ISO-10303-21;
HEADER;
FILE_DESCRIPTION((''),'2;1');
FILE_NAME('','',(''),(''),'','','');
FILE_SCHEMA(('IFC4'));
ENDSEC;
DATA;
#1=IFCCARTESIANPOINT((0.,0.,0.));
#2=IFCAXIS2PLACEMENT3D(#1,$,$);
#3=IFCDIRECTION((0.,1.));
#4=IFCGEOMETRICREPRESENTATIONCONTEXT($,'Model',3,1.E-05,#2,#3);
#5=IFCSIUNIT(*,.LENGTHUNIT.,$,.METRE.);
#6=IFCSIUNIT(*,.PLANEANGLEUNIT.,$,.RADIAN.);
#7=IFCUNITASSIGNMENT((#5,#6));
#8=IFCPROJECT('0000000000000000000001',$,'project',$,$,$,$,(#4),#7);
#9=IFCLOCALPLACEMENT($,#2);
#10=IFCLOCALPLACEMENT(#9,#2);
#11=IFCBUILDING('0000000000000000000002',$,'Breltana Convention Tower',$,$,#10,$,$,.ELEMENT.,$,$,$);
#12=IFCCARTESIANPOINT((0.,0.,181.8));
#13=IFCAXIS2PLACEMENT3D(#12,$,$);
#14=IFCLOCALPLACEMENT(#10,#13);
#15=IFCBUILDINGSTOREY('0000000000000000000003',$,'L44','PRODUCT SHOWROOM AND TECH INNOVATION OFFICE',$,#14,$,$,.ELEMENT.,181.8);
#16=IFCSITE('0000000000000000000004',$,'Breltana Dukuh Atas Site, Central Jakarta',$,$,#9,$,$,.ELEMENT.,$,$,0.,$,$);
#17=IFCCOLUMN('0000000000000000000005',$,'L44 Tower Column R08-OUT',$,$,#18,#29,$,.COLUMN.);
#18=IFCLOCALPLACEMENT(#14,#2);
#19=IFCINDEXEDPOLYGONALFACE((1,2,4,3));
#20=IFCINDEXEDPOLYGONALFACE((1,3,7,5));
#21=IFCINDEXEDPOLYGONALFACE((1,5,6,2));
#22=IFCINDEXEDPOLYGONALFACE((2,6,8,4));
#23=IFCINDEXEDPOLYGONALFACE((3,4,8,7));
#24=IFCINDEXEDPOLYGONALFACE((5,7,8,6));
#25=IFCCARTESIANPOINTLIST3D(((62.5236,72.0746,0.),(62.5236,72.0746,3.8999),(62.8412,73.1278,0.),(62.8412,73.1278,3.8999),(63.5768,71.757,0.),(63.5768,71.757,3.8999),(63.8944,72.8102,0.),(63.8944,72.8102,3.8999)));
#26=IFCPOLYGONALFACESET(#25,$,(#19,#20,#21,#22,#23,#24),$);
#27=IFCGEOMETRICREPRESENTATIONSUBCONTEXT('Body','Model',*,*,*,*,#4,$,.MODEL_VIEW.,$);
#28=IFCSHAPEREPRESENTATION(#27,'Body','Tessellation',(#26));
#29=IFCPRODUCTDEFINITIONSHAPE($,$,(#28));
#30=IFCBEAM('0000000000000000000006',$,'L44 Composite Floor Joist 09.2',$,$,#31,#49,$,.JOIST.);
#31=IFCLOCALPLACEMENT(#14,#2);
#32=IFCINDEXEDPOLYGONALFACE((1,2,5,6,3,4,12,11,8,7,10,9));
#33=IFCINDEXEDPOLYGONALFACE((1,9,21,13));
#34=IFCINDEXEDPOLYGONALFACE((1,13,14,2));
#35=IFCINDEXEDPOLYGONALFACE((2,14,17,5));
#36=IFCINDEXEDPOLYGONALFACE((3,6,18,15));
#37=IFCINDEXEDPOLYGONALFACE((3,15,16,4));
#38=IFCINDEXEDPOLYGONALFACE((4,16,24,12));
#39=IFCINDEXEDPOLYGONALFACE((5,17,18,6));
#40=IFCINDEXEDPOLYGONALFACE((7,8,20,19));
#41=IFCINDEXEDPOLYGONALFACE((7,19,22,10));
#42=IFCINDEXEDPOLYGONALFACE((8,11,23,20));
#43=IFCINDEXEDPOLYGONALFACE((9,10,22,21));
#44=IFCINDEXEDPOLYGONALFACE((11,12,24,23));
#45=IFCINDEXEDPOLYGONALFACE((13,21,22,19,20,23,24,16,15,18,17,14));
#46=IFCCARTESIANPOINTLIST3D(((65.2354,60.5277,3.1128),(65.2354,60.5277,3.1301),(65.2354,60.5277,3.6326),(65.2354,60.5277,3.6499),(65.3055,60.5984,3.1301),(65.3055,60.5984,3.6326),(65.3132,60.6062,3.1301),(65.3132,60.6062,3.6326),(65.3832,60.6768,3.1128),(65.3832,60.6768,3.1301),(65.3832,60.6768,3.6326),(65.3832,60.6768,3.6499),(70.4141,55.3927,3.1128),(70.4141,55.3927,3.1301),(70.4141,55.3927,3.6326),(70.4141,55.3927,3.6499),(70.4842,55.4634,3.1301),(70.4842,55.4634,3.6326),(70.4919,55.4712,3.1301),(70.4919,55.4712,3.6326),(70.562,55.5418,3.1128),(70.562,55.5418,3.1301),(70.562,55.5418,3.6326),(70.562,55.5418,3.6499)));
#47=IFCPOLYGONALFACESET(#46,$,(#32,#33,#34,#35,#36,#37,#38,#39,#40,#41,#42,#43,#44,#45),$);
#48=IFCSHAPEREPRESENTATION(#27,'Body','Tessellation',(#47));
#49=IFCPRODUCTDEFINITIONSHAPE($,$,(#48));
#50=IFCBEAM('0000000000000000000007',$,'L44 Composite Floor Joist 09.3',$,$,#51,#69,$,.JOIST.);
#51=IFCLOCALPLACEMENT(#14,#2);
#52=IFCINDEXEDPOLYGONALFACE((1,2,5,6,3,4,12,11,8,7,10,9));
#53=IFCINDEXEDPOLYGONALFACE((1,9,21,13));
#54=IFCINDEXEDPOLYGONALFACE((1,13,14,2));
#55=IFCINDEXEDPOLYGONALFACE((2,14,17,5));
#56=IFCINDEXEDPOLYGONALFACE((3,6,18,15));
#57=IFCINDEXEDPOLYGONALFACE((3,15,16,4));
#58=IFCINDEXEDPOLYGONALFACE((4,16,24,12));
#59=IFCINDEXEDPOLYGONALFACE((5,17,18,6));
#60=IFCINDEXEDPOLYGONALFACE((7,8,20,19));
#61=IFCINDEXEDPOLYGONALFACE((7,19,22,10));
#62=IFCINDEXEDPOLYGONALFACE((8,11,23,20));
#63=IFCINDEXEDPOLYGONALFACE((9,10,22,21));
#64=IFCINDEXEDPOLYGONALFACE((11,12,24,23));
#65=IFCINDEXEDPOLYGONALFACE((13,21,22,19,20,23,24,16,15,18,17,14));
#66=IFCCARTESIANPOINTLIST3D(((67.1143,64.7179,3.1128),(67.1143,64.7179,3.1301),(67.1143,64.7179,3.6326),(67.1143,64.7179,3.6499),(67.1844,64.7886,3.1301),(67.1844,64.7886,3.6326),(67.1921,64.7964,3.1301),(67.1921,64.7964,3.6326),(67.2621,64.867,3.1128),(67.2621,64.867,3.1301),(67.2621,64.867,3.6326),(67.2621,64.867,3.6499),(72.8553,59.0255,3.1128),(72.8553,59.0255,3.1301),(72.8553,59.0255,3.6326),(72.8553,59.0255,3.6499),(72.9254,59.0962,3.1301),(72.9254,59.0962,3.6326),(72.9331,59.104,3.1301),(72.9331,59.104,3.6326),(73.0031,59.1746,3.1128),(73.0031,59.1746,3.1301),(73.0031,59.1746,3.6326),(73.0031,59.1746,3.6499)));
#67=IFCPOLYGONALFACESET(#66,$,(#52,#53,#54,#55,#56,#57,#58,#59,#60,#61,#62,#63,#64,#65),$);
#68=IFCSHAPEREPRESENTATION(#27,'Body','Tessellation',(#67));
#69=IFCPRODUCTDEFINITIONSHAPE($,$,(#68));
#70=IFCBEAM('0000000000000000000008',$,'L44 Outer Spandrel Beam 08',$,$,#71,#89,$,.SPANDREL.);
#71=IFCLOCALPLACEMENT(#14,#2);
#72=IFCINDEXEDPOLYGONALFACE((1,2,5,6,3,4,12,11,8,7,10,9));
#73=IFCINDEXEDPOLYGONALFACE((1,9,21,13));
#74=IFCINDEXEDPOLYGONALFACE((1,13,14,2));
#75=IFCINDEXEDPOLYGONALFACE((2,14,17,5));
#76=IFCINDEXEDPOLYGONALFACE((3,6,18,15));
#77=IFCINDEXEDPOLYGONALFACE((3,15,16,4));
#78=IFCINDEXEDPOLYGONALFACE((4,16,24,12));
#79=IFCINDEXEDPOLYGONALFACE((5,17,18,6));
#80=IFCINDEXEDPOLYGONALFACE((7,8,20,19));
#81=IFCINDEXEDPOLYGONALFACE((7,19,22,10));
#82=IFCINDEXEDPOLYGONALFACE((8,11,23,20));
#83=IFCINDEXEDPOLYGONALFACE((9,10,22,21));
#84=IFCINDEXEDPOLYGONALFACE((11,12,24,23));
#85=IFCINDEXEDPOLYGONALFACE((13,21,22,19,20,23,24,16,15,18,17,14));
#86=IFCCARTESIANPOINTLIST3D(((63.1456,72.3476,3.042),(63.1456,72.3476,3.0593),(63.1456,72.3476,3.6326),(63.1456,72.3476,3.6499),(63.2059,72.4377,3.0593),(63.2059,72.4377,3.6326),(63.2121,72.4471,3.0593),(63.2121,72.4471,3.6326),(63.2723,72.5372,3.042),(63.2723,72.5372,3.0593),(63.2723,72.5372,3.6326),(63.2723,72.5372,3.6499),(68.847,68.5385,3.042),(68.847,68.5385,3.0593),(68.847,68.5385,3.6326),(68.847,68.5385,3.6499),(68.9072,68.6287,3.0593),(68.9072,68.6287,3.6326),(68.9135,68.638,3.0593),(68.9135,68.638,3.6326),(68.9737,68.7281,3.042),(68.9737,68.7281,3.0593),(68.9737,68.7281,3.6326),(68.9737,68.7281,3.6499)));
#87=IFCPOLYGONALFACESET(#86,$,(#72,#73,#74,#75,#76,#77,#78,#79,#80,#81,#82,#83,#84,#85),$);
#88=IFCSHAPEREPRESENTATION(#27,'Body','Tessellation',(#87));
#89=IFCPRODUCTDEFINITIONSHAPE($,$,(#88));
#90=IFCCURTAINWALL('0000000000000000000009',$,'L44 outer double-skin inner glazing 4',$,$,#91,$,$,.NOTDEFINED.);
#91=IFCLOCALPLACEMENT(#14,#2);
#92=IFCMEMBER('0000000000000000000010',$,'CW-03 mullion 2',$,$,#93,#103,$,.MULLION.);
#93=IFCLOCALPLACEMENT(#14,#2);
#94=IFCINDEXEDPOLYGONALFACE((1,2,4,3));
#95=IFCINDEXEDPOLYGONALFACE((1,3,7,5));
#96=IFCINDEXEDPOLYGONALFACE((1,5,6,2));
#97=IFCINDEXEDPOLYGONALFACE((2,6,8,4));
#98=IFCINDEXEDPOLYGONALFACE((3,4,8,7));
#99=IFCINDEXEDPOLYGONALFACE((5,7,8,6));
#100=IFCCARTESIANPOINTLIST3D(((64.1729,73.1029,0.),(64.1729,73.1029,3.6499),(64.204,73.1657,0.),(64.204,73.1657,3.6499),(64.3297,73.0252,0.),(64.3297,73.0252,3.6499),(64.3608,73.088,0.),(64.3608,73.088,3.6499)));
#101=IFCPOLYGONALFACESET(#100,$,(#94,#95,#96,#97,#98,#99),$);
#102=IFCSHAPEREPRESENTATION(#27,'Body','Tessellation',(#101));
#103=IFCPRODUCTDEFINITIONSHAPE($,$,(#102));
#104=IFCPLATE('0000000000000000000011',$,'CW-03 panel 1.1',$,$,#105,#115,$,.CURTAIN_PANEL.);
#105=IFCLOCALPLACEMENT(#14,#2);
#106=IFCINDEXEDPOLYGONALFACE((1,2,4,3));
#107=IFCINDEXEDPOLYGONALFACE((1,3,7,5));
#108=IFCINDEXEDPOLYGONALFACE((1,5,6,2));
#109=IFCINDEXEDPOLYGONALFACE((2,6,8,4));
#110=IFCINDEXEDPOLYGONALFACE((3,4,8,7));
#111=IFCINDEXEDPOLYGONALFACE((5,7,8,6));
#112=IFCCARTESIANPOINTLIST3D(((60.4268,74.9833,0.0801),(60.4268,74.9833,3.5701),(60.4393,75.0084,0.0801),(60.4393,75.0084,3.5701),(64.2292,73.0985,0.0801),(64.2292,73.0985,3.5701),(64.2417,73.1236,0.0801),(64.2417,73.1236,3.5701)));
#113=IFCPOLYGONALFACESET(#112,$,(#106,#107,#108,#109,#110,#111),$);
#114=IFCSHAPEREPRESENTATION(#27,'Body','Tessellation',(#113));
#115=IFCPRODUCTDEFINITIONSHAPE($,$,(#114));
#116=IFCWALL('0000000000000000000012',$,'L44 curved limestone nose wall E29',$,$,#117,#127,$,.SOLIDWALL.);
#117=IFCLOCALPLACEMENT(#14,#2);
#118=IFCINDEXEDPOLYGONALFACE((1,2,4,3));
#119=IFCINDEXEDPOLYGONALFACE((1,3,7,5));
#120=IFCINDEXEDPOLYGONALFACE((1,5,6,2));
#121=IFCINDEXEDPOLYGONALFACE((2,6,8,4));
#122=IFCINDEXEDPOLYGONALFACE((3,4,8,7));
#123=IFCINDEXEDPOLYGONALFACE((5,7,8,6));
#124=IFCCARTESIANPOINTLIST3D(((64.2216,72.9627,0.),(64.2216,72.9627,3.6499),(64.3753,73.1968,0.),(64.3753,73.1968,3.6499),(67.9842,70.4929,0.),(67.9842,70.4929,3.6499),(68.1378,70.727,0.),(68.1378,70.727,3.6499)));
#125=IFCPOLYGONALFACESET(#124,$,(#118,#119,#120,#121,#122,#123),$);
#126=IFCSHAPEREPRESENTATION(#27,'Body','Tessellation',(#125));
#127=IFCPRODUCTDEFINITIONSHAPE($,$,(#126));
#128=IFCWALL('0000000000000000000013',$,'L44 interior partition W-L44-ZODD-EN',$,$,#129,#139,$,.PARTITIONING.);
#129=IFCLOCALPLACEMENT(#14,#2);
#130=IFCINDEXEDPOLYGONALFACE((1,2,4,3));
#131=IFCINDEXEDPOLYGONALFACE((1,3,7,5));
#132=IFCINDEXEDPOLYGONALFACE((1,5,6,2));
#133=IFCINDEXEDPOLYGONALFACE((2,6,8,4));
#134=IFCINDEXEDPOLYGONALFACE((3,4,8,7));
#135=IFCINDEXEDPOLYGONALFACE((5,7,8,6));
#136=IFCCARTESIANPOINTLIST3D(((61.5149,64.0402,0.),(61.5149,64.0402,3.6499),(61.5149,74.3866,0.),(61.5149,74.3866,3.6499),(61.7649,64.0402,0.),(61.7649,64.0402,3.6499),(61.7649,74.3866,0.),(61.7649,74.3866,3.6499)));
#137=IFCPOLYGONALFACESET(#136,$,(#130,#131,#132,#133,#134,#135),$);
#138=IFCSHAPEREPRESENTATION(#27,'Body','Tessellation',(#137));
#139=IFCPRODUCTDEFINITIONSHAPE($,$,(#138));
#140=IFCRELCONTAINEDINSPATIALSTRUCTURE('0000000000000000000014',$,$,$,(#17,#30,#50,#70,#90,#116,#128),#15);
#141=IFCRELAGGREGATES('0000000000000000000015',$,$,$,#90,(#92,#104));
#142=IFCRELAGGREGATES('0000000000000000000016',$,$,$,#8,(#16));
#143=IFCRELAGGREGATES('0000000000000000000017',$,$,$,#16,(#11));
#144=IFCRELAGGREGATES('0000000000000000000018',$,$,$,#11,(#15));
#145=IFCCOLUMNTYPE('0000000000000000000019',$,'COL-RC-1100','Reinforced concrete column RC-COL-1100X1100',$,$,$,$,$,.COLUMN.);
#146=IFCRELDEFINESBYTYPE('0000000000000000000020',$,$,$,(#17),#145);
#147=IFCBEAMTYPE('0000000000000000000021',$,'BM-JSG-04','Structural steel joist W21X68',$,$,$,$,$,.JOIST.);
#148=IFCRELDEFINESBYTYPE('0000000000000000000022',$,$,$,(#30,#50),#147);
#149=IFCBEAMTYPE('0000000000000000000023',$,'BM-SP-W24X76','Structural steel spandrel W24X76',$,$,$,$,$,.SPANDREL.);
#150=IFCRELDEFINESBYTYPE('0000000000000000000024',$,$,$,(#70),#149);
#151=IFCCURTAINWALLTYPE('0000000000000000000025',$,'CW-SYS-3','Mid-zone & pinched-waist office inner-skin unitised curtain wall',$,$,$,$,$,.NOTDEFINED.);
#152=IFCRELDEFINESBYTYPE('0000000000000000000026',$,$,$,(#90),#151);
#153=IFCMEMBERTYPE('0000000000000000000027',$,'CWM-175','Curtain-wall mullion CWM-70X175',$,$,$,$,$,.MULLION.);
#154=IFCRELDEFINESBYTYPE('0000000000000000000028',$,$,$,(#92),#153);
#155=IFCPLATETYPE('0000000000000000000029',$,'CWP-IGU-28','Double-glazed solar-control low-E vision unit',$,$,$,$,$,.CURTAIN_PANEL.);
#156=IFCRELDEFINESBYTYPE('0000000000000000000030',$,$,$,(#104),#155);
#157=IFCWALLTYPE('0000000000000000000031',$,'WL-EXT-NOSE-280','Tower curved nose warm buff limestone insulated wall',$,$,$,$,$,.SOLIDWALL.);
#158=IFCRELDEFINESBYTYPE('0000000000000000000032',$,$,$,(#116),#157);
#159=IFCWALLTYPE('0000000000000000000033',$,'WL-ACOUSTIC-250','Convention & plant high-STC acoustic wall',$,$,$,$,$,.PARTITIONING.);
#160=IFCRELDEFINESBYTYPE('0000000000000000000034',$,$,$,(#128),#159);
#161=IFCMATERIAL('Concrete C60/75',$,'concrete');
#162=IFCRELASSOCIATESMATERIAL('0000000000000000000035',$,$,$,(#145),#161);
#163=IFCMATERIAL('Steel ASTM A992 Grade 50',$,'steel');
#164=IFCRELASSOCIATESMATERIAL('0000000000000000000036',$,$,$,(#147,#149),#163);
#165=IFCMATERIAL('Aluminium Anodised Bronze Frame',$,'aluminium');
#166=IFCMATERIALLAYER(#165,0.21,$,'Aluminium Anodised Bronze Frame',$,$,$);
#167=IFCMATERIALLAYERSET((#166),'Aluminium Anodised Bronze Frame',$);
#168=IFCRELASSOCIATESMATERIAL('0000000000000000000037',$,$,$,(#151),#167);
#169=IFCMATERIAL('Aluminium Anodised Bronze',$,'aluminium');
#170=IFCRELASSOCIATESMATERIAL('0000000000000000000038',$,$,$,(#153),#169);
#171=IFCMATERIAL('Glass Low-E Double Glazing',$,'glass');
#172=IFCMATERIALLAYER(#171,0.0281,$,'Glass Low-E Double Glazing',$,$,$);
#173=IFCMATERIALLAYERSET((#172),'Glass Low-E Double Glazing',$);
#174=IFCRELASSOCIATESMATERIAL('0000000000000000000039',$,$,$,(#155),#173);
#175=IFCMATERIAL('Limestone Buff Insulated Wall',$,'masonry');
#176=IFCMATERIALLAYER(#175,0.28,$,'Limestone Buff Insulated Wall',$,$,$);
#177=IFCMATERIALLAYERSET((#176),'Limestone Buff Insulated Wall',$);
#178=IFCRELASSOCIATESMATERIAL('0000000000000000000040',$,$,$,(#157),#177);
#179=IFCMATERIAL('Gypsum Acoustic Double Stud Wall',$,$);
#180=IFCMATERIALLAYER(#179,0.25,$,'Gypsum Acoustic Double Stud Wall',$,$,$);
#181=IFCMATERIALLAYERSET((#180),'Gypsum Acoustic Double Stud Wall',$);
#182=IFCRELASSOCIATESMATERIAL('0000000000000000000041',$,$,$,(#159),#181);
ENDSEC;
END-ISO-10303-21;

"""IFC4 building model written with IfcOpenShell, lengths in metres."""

from ifc_helpers import new_model, si_unit, direction, frame, frame_2d, origin, origin_2d, place, context, subcontext, project, spatial, rectangle, i_section, extrude, source, transform, mapped, material, layer, layer_set, material_profile, profile_set, type_object, element, aggregate, save


model = new_model("IFC4")

# Units and contexts
model_context = context("Model", 3, precision=1e-05, world=origin(), true_north=direction((0.0, 1.0)))
body_context = subcontext(model_context, "Body", "Model", "MODEL_VIEW")
ifc_project = project(units=[si_unit("LENGTHUNIT", "METRE"), si_unit("PLANEANGLEUNIT", "RADIAN")], contexts=[model_context])

# Site, building, storey
site_placement = place(None, origin())
site = spatial("IfcSite", under=ifc_project, at=site_placement, Name="Breltana Dukuh Atas Site, Central Jakarta", CompositionType="ELEMENT", RefElevation=0.0)
building_placement = place(site_placement, origin())
building = spatial("IfcBuilding", under=site, at=building_placement, Name="Breltana Convention Tower", CompositionType="ELEMENT")
storey_placement = place(building_placement, frame((0.0, 0.0, 181.8)))
storey = spatial("IfcBuildingStorey", under=building, at=storey_placement, Name="L44", Description="PRODUCT SHOWROOM AND TECH INNOVATION OFFICE", CompositionType="ELEMENT", Elevation=181.8)

# Column
ifc_material_1 = material(Name="Concrete C60/75", Category="concrete")
ifc_material_profile_1 = material_profile(ifc_material_1, rectangle(XDim=1.1001, YDim=1.1001, at=origin_2d()), Name="RC-COL-1100X1100")
ifc_profile_set_1 = profile_set([ifc_material_profile_1], Name="Concrete C60/75")
column_type = type_object("IfcColumnType", Name="COL-RC-1100", Description="Reinforced concrete column RC-COL-1100X1100", PredefinedType="COLUMN", material=ifc_profile_set_1)
shared_shape_1 = source(origin(), body_context, "Body", "SweptSolid", [
    extrude(rectangle(XDim=1.1001, YDim=1.1001, at=origin_2d()), origin(), (0.0, 0.0, 1.0), 3.8999),
])
column_placement = place(storey_placement, frame((63.209, 72.4424, 0.0), z_axis=(0.0, 0.0, 1.0), x_axis=(0.288698, 0.95742, 0.0)))
element("IfcColumn", 1, at=column_placement, inside=storey, type_object=column_type, Name="L44 Tower Column R08-OUT", PredefinedType="COLUMN", context=body_context, shape_type="MappedRepresentation", body=[
    mapped(shared_shape_1, transform((0.0, 0.0, 0.0), scale=1.0)),
])

# Beams
ifc_material_2 = material(Name="Steel ASTM A992 Grade 50", Category="steel")
ifc_material_profile_2 = material_profile(ifc_material_2, i_section(OverallWidth=0.21, OverallDepth=0.5371, WebThickness=0.011, FlangeThickness=0.0173, at=origin_2d()), Name="W21X68")
ifc_profile_set_2 = profile_set([ifc_material_profile_2], Name="Steel ASTM A992 Grade 50")
beam_type_1 = type_object("IfcBeamType", Name="BM-JSG-04", Description="Structural steel joist W21X68", PredefinedType="JOIST", material=ifc_profile_set_2)
shared_shape_2 = source(origin(), body_context, "Body", "SweptSolid", [
    extrude(i_section(OverallWidth=0.21, OverallDepth=0.5371, WebThickness=0.011, FlangeThickness=0.0173, at=origin_2d()), origin(), (0.0, 0.0, 1.0), 7.293),
])
beam_1_placement = place(storey_placement, frame((65.3093, 60.6023, 3.3813), z_axis=(0.710097, -0.704104, 0.0), x_axis=(0.704104, 0.710097, 0.0)))
element("IfcBeam", 2, at=beam_1_placement, inside=storey, type_object=beam_type_1, Name="L44 Composite Floor Joist 09.2", PredefinedType="JOIST", context=body_context, shape_type="MappedRepresentation", body=[
    mapped(shared_shape_2, transform((0.0, 0.0, 0.0), scale=1.0)),
])
shared_shape_3 = source(origin(), body_context, "Body", "SweptSolid", [
    extrude(i_section(OverallWidth=0.21, OverallDepth=0.5371, WebThickness=0.011, FlangeThickness=0.0173, at=origin_2d()), origin(), (0.0, 0.0, 1.0), 8.0847),
])
beam_2_placement = place(storey_placement, frame((67.1882, 64.7925, 3.3813), z_axis=(0.710105, -0.704096, 0.0), x_axis=(0.704096, 0.710105, 0.0)))
element("IfcBeam", 3, at=beam_2_placement, inside=storey, type_object=beam_type_1, Name="L44 Composite Floor Joist 09.3", PredefinedType="JOIST", context=body_context, shape_type="MappedRepresentation", body=[
    mapped(shared_shape_3, transform((0.0, 0.0, 0.0), scale=1.0)),
])
ifc_material_profile_3 = material_profile(ifc_material_2, i_section(OverallWidth=0.228, OverallDepth=0.6079, WebThickness=0.0112, FlangeThickness=0.0173, at=origin_2d()), Name="W24X76")
ifc_profile_set_3 = profile_set([ifc_material_profile_3], Name="Steel ASTM A992 Grade 50")
beam_type_2 = type_object("IfcBeamType", Name="BM-SP-W24X76", Description="Structural steel spandrel W24X76", PredefinedType="SPANDREL", material=ifc_profile_set_3)
shared_shape_4 = source(origin(), body_context, "Body", "SweptSolid", [
    extrude(i_section(OverallWidth=0.228, OverallDepth=0.6079, WebThickness=0.0112, FlangeThickness=0.0173, at=origin_2d()), origin(), (0.0, 0.0, 1.0), 6.8567),
])
beam_3_placement = place(storey_placement, frame((63.209, 72.4424, 3.3459), z_axis=(0.831502, -0.555522, 0.0), x_axis=(0.555522, 0.831502, 0.0)))
element("IfcBeam", 4, at=beam_3_placement, inside=storey, type_object=beam_type_2, Name="L44 Outer Spandrel Beam 08", PredefinedType="SPANDREL", context=body_context, shape_type="MappedRepresentation", body=[
    mapped(shared_shape_4, transform((0.0, 0.0, 0.0), scale=1.0)),
])

# Curtain wall, member, plate
ifc_material_3 = material(Name="Aluminium Anodised Bronze Frame", Category="aluminium")
ifc_layer_1 = layer(ifc_material_3, 0.21, Name="Aluminium Anodised Bronze Frame")
ifc_layer_set_1 = layer_set([ifc_layer_1], Name="Aluminium Anodised Bronze Frame")
curtain_wall_type = type_object("IfcCurtainWallType", Name="CW-SYS-3", Description="Mid-zone & pinched-waist office inner-skin unitised curtain wall", PredefinedType="NOTDEFINED", material=ifc_layer_set_1)
curtain_wall_placement = place(storey_placement, origin())
curtain_wall = element("IfcCurtainWall", 5, at=curtain_wall_placement, inside=storey, type_object=curtain_wall_type, Name="L44 outer double-skin inner glazing 4", PredefinedType="NOTDEFINED")
ifc_material_4 = material(Name="Aluminium Anodised Bronze", Category="aluminium")
ifc_material_profile_4 = material_profile(ifc_material_4, rectangle(XDim=0.0701, YDim=0.175, at=origin_2d()), Name="CWM-70X175")
ifc_profile_set_4 = profile_set([ifc_material_profile_4], Name="Aluminium Anodised Bronze")
member_type = type_object("IfcMemberType", Name="CWM-175", Description="Curtain-wall mullion CWM-70X175", PredefinedType="MULLION", material=ifc_profile_set_4)
shared_shape_5 = source(origin(), body_context, "Body", "SweptSolid", [
    extrude(rectangle(XDim=0.0701, YDim=0.175, at=origin_2d()), origin(), (0.0, 0.0, 1.0), 3.6499),
])
member_placement = place(storey_placement, frame((64.2668, 73.0955, 0.0), z_axis=(0.0, 0.0, 1.0), x_axis=(0.444118, 0.895968, 0.0)))
member = element("IfcMember", 6, at=member_placement, type_object=member_type, Name="CW-03 mullion 2", PredefinedType="MULLION", context=body_context, shape_type="MappedRepresentation", body=[
    mapped(shared_shape_5, transform((0.0, 0.0, 0.0), scale=1.0)),
])
ifc_material_5 = material(Name="Glass Low-E Double Glazing", Category="glass")
ifc_layer_2 = layer(ifc_material_5, 0.0281, Name="Glass Low-E Double Glazing")
ifc_layer_set_2 = layer_set([ifc_layer_2], Name="Glass Low-E Double Glazing")
plate_type = type_object("IfcPlateType", Name="CWP-IGU-28", Description="Double-glazed solar-control low-E vision unit", PredefinedType="CURTAIN_PANEL", material=ifc_layer_set_2)
shared_shape_6 = source(origin(), body_context, "Body", "SweptSolid", [
    extrude(rectangle(XDim=4.2439, YDim=0.0281, at=origin_2d()), origin(), (0.0, 0.0, 1.0), 3.49),
])
plate_placement = place(storey_placement, frame((62.3342, 74.0535, 0.0801), z_axis=(0.0, 0.0, 1.0), x_axis=(0.895968, -0.444118, 0.0)))
plate = element("IfcPlate", 7, at=plate_placement, type_object=plate_type, Name="CW-03 panel 1.1", PredefinedType="CURTAIN_PANEL", context=body_context, shape_type="MappedRepresentation", body=[
    mapped(shared_shape_6, transform((0.0, 0.0, 0.0), scale=1.0)),
])
aggregate(curtain_wall, [member, plate])

# Walls
ifc_material_6 = material(Name="Limestone Buff Insulated Wall", Category="masonry")
ifc_layer_3 = layer(ifc_material_6, 0.28, Name="Limestone Buff Insulated Wall")
ifc_layer_set_3 = layer_set([ifc_layer_3], Name="Limestone Buff Insulated Wall")
wall_type_1 = type_object("IfcWallType", Name="WL-EXT-NOSE-280", Description="Tower curved nose warm buff limestone insulated wall", PredefinedType="SOLIDWALL", material=ifc_layer_set_3)
shared_shape_7 = source(origin(), body_context, "Body", "SweptSolid", [
    extrude(rectangle(XDim=4.5007, YDim=0.28, at=frame_2d((2.2505, 0.0))), origin(), (0.0, 0.0, 1.0), 3.6499),
])
wall_1_placement = place(storey_placement, frame((64.2983, 73.0798, 0.0), z_axis=(0.0, 0.0, 1.0), x_axis=(0.835985, -0.548752, 0.0)))
element("IfcWall", 8, at=wall_1_placement, inside=storey, type_object=wall_type_1, Name="L44 curved limestone nose wall E29", PredefinedType="SOLIDWALL", context=body_context, shape_type="MappedRepresentation", body=[
    mapped(shared_shape_7, transform((0.0, 0.0, 0.0), scale=1.0)),
])
ifc_material_7 = material(Name="Gypsum Acoustic Double Stud Wall")
ifc_layer_4 = layer(ifc_material_7, 0.25, Name="Gypsum Acoustic Double Stud Wall")
ifc_layer_set_4 = layer_set([ifc_layer_4], Name="Gypsum Acoustic Double Stud Wall")
wall_type_2 = type_object("IfcWallType", Name="WL-ACOUSTIC-250", Description="Convention & plant high-STC acoustic wall", PredefinedType="PARTITIONING", material=ifc_layer_set_4)
shared_shape_8 = source(origin(), body_context, "Body", "SweptSolid", [
    extrude(rectangle(XDim=10.3464, YDim=0.25, at=frame_2d((5.1733, 0.0))), origin(), (0.0, 0.0, 1.0), 3.6499),
])
wall_2_placement = place(storey_placement, frame((61.6399, 64.04, 0.0), z_axis=(0.0, 0.0, 1.0), x_axis=(0.0, 1.0, 0.0)))
element("IfcWall", 9, at=wall_2_placement, inside=storey, type_object=wall_type_2, Name="L44 interior partition W-L44-ZODD-EN", PredefinedType="PARTITIONING", context=body_context, shape_type="MappedRepresentation", body=[
    mapped(shared_shape_8, transform((0.0, 0.0, 0.0), scale=1.0)),
])

save(model, "model.ifc")
